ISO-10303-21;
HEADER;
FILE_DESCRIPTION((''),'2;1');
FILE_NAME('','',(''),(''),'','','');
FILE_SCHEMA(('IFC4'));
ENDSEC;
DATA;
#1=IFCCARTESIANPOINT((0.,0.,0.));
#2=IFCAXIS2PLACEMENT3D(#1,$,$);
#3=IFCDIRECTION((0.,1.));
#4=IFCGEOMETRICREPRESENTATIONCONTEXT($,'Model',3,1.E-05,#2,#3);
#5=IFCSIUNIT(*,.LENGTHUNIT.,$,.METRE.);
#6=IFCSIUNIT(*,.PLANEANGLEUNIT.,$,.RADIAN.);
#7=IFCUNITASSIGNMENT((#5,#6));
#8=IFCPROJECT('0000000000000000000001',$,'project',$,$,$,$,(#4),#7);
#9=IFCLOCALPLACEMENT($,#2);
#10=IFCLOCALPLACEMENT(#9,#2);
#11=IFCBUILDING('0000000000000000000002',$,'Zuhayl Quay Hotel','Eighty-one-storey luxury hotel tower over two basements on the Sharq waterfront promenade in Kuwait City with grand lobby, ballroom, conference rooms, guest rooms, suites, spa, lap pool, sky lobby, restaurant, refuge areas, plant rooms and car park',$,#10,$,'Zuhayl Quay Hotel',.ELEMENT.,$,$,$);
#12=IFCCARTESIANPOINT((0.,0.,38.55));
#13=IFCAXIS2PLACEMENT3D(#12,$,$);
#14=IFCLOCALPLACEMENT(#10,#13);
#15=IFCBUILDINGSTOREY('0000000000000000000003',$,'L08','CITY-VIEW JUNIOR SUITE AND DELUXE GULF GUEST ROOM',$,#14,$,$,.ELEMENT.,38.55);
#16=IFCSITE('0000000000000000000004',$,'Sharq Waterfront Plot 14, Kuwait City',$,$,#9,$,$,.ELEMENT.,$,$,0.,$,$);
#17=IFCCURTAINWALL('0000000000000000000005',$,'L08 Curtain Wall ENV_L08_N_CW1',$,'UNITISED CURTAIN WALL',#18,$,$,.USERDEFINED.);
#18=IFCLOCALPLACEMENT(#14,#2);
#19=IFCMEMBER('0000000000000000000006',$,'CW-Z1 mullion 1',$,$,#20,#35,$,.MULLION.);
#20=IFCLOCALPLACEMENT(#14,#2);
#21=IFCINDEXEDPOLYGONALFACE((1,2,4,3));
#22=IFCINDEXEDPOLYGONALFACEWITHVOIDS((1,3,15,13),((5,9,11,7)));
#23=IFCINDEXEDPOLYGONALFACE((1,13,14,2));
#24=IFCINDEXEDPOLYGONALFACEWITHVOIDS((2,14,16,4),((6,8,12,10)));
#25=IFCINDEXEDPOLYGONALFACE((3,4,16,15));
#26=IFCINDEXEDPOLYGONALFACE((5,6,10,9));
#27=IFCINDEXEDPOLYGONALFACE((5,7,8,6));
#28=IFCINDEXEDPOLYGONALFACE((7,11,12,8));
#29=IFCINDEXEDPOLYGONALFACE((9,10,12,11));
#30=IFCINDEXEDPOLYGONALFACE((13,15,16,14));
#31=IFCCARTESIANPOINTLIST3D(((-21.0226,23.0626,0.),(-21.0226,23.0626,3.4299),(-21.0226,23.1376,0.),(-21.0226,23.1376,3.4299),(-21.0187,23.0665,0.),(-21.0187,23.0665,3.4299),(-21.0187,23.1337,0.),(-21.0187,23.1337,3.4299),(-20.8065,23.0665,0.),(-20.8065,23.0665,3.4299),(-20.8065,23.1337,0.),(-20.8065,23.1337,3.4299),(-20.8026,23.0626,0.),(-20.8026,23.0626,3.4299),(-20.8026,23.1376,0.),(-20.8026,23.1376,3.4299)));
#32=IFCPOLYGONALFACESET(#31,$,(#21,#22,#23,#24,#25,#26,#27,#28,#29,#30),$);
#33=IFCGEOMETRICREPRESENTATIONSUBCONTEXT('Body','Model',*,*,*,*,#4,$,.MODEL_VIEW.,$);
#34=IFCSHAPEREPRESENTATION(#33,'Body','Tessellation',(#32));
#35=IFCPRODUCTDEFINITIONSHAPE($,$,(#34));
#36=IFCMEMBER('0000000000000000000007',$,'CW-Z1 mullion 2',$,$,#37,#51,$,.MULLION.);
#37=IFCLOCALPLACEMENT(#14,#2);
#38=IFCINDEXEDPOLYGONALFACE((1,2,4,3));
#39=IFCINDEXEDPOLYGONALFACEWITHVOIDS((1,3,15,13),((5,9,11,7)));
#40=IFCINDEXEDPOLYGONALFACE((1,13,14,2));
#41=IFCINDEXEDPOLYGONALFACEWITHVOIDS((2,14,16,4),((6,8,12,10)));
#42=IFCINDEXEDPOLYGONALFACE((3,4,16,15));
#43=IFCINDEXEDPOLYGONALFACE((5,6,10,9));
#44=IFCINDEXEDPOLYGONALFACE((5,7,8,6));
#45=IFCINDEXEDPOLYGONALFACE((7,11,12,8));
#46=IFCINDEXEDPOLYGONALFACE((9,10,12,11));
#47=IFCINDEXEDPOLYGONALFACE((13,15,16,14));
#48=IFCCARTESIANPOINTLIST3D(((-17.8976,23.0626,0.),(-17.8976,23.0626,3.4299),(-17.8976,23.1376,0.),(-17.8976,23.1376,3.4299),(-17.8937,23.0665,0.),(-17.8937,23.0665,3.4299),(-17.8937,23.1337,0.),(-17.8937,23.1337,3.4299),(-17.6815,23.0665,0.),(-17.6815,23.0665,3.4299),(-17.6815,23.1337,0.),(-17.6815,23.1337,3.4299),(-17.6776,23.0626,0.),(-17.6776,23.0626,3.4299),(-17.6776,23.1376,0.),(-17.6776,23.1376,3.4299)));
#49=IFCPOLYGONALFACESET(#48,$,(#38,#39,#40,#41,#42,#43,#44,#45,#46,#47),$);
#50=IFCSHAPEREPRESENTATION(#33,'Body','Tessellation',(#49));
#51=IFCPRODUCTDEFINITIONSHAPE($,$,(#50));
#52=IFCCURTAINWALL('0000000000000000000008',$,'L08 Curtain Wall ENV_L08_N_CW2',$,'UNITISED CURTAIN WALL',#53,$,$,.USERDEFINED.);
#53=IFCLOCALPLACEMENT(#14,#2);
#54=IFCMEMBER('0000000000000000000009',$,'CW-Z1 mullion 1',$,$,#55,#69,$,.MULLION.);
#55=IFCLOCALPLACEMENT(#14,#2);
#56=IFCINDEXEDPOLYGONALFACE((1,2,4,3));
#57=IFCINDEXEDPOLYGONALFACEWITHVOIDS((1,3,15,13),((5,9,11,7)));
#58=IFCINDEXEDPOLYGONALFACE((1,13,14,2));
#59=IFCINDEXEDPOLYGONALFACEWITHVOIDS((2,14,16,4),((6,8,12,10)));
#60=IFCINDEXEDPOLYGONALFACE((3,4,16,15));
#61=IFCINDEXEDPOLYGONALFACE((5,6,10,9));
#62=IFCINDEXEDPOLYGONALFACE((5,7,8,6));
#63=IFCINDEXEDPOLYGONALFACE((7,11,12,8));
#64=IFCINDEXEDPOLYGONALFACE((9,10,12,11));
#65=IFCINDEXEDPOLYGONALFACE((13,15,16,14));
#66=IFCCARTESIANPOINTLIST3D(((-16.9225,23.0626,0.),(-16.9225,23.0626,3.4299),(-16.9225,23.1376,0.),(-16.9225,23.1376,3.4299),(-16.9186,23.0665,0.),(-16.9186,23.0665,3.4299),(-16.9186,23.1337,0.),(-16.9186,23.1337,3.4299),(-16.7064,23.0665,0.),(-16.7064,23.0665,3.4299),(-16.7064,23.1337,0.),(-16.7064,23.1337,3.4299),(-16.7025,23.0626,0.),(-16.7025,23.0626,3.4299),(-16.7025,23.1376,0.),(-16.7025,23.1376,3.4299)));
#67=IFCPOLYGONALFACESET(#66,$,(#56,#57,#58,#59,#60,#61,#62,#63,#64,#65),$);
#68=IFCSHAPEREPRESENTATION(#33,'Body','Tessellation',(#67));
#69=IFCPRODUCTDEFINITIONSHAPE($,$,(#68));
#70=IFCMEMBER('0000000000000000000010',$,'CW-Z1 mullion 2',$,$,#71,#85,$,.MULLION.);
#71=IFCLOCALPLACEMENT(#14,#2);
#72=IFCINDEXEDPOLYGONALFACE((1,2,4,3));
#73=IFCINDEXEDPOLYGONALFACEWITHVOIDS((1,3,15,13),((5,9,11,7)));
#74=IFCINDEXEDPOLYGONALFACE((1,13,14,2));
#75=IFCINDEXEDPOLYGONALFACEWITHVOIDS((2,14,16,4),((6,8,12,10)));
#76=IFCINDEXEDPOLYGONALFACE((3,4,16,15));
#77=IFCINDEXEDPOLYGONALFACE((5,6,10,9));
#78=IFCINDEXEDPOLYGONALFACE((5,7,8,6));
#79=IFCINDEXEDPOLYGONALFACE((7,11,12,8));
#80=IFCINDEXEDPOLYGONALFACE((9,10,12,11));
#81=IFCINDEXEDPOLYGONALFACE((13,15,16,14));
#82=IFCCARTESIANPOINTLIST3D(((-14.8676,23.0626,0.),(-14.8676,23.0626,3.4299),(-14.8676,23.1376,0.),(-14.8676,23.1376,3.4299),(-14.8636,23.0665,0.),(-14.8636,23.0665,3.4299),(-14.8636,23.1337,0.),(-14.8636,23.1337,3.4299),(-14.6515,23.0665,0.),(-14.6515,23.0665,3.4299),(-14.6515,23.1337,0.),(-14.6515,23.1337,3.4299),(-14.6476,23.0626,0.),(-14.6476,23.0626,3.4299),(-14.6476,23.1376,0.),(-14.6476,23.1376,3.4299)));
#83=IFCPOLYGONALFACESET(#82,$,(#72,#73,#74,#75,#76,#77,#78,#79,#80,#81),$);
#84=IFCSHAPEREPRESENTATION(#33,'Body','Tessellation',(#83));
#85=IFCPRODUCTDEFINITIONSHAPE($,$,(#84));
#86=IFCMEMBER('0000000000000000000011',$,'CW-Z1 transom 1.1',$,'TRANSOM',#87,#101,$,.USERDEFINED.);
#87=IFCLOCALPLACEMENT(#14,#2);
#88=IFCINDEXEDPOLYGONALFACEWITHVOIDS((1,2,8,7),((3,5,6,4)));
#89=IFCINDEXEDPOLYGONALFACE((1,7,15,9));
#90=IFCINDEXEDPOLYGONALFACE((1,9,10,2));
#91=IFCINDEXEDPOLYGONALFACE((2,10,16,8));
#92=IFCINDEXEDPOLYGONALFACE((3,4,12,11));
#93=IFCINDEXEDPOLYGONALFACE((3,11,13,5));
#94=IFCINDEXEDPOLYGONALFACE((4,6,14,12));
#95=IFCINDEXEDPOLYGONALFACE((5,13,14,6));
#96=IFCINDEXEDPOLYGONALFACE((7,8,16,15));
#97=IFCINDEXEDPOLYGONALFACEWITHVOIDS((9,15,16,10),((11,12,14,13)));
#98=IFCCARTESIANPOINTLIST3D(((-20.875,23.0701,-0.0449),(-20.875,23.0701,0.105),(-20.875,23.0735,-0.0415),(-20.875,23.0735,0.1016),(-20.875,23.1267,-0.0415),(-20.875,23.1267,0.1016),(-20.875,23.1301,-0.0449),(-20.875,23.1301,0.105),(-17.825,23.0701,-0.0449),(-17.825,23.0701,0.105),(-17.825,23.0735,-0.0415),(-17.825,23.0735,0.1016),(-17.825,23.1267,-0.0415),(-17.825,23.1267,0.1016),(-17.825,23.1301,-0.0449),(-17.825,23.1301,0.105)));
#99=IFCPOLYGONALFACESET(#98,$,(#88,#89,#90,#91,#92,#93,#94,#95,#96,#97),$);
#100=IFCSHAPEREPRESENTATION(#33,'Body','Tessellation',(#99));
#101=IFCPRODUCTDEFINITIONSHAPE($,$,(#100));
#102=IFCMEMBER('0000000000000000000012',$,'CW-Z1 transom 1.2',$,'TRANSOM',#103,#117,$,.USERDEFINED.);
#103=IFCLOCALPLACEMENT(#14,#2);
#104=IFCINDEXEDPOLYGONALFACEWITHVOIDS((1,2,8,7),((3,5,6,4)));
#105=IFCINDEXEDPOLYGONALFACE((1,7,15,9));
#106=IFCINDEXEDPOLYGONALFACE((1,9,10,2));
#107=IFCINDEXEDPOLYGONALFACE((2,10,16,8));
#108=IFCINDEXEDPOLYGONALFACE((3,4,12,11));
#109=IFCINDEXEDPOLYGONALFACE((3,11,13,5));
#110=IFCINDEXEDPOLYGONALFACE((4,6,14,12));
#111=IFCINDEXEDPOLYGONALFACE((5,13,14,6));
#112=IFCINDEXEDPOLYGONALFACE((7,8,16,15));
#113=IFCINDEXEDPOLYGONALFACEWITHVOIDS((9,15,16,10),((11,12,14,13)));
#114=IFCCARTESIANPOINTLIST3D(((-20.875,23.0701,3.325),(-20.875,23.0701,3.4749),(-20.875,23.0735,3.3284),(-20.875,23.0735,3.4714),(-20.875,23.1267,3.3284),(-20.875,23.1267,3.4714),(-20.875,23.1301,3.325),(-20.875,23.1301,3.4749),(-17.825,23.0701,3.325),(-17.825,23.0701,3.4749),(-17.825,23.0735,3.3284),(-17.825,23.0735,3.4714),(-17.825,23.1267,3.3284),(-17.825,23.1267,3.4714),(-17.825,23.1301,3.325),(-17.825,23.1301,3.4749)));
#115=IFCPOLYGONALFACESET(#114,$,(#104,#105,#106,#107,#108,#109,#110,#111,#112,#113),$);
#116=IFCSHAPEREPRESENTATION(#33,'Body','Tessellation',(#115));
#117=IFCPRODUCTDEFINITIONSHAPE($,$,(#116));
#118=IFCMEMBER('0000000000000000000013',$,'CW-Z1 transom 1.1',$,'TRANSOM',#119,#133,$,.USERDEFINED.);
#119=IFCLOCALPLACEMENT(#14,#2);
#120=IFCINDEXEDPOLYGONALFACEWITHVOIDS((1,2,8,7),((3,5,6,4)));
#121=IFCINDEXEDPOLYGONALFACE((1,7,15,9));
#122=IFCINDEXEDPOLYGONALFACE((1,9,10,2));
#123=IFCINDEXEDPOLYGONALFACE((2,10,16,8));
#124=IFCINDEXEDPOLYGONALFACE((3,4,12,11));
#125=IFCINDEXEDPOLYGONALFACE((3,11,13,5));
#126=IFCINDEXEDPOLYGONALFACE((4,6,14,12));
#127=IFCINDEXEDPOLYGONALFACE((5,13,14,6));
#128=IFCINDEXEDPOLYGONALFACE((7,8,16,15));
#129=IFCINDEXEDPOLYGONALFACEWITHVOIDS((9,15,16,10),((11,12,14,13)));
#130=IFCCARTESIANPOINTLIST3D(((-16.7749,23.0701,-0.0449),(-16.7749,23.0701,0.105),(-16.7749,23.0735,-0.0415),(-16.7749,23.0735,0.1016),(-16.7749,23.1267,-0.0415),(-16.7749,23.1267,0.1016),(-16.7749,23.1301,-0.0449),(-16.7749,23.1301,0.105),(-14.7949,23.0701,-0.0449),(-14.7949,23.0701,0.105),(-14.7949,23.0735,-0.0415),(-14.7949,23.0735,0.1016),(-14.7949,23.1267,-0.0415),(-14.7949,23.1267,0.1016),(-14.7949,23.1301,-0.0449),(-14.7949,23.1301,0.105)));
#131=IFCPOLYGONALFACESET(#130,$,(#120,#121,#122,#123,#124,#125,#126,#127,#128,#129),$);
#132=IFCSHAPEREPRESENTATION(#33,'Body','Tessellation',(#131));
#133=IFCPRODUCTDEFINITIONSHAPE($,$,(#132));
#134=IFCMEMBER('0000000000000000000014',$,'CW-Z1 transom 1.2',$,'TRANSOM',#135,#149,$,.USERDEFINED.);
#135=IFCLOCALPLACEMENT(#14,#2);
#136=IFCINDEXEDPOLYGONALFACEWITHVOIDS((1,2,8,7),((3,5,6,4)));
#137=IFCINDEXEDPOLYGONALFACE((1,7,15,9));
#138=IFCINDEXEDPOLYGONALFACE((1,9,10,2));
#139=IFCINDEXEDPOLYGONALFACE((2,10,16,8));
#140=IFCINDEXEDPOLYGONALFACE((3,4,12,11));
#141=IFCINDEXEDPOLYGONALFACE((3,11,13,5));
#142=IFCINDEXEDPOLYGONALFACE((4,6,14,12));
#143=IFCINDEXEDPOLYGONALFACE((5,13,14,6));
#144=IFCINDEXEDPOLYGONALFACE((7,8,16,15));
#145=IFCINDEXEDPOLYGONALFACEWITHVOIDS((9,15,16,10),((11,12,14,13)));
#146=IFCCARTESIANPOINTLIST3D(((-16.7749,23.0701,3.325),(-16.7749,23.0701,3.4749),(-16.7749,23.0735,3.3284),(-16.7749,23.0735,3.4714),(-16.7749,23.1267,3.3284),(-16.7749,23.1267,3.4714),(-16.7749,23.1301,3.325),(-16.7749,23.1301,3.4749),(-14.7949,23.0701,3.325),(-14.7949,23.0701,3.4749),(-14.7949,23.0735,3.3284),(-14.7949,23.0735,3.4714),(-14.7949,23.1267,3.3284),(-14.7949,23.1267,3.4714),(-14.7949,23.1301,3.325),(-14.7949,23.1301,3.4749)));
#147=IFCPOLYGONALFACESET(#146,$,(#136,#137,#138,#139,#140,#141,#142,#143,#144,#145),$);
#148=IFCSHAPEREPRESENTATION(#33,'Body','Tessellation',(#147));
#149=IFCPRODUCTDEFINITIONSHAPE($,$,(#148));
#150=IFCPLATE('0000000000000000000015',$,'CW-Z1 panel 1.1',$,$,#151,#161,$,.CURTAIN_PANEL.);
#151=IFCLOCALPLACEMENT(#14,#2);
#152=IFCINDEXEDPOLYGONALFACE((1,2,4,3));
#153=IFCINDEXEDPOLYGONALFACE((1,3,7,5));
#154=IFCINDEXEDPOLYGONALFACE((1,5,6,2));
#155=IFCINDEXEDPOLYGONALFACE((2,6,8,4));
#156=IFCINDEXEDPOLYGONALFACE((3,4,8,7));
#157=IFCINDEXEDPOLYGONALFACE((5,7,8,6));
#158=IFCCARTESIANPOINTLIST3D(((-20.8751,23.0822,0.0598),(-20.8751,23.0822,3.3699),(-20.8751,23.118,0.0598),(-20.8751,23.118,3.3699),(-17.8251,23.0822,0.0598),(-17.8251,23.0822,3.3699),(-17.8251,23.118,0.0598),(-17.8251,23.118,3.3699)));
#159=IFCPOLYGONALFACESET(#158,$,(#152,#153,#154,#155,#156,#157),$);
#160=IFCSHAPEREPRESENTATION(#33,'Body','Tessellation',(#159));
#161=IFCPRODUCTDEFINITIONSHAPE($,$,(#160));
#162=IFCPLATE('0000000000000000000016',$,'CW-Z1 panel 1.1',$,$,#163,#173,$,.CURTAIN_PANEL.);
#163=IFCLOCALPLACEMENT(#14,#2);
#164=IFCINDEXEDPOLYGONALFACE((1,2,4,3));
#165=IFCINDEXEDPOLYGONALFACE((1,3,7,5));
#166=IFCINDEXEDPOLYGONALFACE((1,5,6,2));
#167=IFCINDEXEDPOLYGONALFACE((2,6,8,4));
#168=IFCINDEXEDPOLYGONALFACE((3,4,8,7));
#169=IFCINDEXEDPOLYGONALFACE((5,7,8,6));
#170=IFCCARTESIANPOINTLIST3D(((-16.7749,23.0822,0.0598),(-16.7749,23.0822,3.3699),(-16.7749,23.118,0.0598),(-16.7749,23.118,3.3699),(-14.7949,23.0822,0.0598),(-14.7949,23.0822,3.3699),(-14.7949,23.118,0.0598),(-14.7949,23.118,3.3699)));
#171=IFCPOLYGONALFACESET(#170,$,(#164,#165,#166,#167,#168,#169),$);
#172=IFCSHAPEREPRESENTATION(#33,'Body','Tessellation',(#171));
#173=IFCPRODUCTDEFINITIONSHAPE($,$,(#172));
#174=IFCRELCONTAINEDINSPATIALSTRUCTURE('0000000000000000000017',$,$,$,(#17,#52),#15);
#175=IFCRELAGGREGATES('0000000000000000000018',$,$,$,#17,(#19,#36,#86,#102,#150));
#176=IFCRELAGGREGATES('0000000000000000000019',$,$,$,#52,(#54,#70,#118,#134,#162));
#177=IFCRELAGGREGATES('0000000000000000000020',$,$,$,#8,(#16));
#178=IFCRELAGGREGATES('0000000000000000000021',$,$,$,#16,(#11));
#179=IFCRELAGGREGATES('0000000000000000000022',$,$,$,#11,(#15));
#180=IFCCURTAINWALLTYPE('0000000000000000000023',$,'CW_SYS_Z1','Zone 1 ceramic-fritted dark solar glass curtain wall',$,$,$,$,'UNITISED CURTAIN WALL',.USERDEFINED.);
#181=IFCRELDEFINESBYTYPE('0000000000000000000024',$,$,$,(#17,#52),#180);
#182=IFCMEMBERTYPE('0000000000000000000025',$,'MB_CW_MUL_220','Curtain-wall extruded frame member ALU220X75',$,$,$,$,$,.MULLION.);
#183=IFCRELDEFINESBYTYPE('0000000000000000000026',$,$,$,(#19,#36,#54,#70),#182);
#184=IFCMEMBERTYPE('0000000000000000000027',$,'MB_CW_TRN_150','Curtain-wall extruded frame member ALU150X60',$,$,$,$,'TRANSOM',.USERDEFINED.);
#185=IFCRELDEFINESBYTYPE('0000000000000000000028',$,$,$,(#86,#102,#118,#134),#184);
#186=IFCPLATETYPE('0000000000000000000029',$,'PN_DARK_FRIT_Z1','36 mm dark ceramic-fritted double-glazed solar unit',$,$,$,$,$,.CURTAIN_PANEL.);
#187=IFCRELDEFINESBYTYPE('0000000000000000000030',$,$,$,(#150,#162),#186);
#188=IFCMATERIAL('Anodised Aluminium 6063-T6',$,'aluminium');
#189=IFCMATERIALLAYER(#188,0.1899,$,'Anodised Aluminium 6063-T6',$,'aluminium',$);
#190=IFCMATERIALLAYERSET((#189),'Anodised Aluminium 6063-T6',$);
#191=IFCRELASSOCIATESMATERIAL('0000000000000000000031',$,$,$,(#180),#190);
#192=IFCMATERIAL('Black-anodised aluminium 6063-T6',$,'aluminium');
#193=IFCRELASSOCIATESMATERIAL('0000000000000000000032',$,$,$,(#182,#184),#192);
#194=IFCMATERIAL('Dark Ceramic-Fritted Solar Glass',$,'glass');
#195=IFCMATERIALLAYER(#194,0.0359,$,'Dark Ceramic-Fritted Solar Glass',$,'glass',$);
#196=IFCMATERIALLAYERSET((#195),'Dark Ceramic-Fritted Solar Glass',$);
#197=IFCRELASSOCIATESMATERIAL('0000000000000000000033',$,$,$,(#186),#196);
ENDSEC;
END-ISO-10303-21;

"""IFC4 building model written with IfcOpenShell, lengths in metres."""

from ifc_helpers import new_model, si_unit, direction, frame, origin, origin_2d, place, context, subcontext, project, spatial, rectangle, hollow_rectangle, extrude, material, layer, layer_set, material_profile, profile_set, type_object, element, aggregate, save


model = new_model("IFC4")

# Units and contexts
model_context = context("Model", 3, precision=1e-05, world=origin(), true_north=direction((0.0, 1.0)))
body_context = subcontext(model_context, "Body", "Model", "MODEL_VIEW")
ifc_project = project(units=[si_unit("LENGTHUNIT", "METRE"), si_unit("PLANEANGLEUNIT", "RADIAN")], contexts=[model_context])

# Site, building, storey
site_placement = place(None, origin())
site = spatial("IfcSite", under=ifc_project, at=site_placement, Name="Sharq Waterfront Plot 14, Kuwait City", CompositionType="ELEMENT", RefElevation=0.0)
building_placement = place(site_placement, origin())
building = spatial("IfcBuilding", under=site, at=building_placement, Name="Zuhayl Quay Hotel", Description="Eighty-one-storey luxury hotel tower over two basements on the Sharq waterfront promenade in Kuwait City with grand lobby, ballroom, conference rooms, guest rooms, suites, spa, lap pool, sky lobby, restaurant, refuge areas, plant rooms and car park", LongName="Zuhayl Quay Hotel", CompositionType="ELEMENT")
storey_placement = place(building_placement, frame((0.0, 0.0, 38.55)))
storey = spatial("IfcBuildingStorey", under=building, at=storey_placement, Name="L08", Description="CITY-VIEW JUNIOR SUITE AND DELUXE GULF GUEST ROOM", CompositionType="ELEMENT", Elevation=38.55)

# Curtain walls, members
ifc_material_1 = material(Name="Anodised Aluminium 6063-T6", Category="aluminium")
ifc_layer_1 = layer(ifc_material_1, 0.1899, Name="Anodised Aluminium 6063-T6", Category="aluminium")
ifc_layer_set_1 = layer_set([ifc_layer_1], Name="Anodised Aluminium 6063-T6")
curtain_wall_type = type_object("IfcCurtainWallType", Name="CW_SYS_Z1", Description="Zone 1 ceramic-fritted dark solar glass curtain wall", ElementType="UNITISED CURTAIN WALL", PredefinedType="USERDEFINED", material=ifc_layer_set_1)
curtain_wall_1_placement = place(storey_placement, origin())
curtain_wall_1 = element("IfcCurtainWall", 1, at=curtain_wall_1_placement, inside=storey, type_object=curtain_wall_type, Name="L08 Curtain Wall ENV_L08_N_CW1", ObjectType="UNITISED CURTAIN WALL", PredefinedType="USERDEFINED")
ifc_material_2 = material(Name="Black-anodised aluminium 6063-T6", Category="aluminium")
ifc_material_profile_1 = material_profile(ifc_material_2, hollow_rectangle(XDim=0.075, YDim=0.22, WallThickness=0.0039, at=origin_2d()), Name="ALU220X75")
ifc_profile_set_1 = profile_set([ifc_material_profile_1], Name="Black-anodised aluminium 6063-T6")
member_type_1 = type_object("IfcMemberType", Name="MB_CW_MUL_220", Description="Curtain-wall extruded frame member ALU220X75", PredefinedType="MULLION", material=ifc_profile_set_1)
member_1_placement = place(storey_placement, frame((-20.9126, 23.1001, 0.0), z_axis=(0.0, 0.0, 1.0), x_axis=(0.0, 1.0, 0.0)))
member_1 = element("IfcMember", 2, at=member_1_placement, type_object=member_type_1, Name="CW-Z1 mullion 1", PredefinedType="MULLION", context=body_context, shape_type="SweptSolid", body=[
    extrude(hollow_rectangle(XDim=0.075, YDim=0.22, WallThickness=0.0039, at=origin_2d()), origin(), (0.0, 0.0, 1.0), 3.4299),
])
member_2_placement = place(storey_placement, frame((-17.7876, 23.1001, 0.0), z_axis=(0.0, 0.0, 1.0), x_axis=(0.0, 1.0, 0.0)))
member_2 = element("IfcMember", 3, at=member_2_placement, type_object=member_type_1, Name="CW-Z1 mullion 2", PredefinedType="MULLION", context=body_context, shape_type="SweptSolid", body=[
    extrude(hollow_rectangle(XDim=0.075, YDim=0.22, WallThickness=0.0039, at=origin_2d()), origin(), (0.0, 0.0, 1.0), 3.4299),
])
curtain_wall_2_placement = place(storey_placement, origin())
curtain_wall_2 = element("IfcCurtainWall", 4, at=curtain_wall_2_placement, inside=storey, type_object=curtain_wall_type, Name="L08 Curtain Wall ENV_L08_N_CW2", ObjectType="UNITISED CURTAIN WALL", PredefinedType="USERDEFINED")
member_3_placement = place(storey_placement, frame((-16.8125, 23.1001, 0.0), z_axis=(0.0, 0.0, 1.0), x_axis=(0.0, 1.0, 0.0)))
member_3 = element("IfcMember", 5, at=member_3_placement, type_object=member_type_1, Name="CW-Z1 mullion 1", PredefinedType="MULLION", context=body_context, shape_type="SweptSolid", body=[
    extrude(hollow_rectangle(XDim=0.075, YDim=0.22, WallThickness=0.0039, at=origin_2d()), origin(), (0.0, 0.0, 1.0), 3.4299),
])
member_4_placement = place(storey_placement, frame((-14.7576, 23.1001, 0.0), z_axis=(0.0, 0.0, 1.0), x_axis=(0.0, 1.0, 0.0)))
member_4 = element("IfcMember", 6, at=member_4_placement, type_object=member_type_1, Name="CW-Z1 mullion 2", PredefinedType="MULLION", context=body_context, shape_type="SweptSolid", body=[
    extrude(hollow_rectangle(XDim=0.075, YDim=0.22, WallThickness=0.0039, at=origin_2d()), origin(), (0.0, 0.0, 1.0), 3.4299),
])

# Members
ifc_material_profile_2 = material_profile(ifc_material_2, hollow_rectangle(XDim=0.0601, YDim=0.1499, WallThickness=0.0034, at=origin_2d()), Name="ALU150X60")
ifc_profile_set_2 = profile_set([ifc_material_profile_2], Name="Black-anodised aluminium 6063-T6")
member_type_2 = type_object("IfcMemberType", Name="MB_CW_TRN_150", Description="Curtain-wall extruded frame member ALU150X60", ElementType="TRANSOM", PredefinedType="USERDEFINED", material=ifc_profile_set_2)
member_5_placement = place(storey_placement, frame((-20.875, 23.1001, 0.03), z_axis=(1.0, 0.0, 0.0), x_axis=(0.0, 1.0, 0.0)))
member_5 = element("IfcMember", 7, at=member_5_placement, type_object=member_type_2, Name="CW-Z1 transom 1.1", ObjectType="TRANSOM", PredefinedType="USERDEFINED", context=body_context, shape_type="SweptSolid", body=[
    extrude(hollow_rectangle(XDim=0.0601, YDim=0.1499, WallThickness=0.0034, at=origin_2d()), origin(), (0.0, 0.0, 1.0), 3.05),
])
member_6_placement = place(storey_placement, frame((-20.875, 23.1001, 3.3999), z_axis=(1.0, 0.0, 0.0), x_axis=(0.0, 1.0, 0.0)))
member_6 = element("IfcMember", 8, at=member_6_placement, type_object=member_type_2, Name="CW-Z1 transom 1.2", ObjectType="TRANSOM", PredefinedType="USERDEFINED", context=body_context, shape_type="SweptSolid", body=[
    extrude(hollow_rectangle(XDim=0.0601, YDim=0.1499, WallThickness=0.0034, at=origin_2d()), origin(), (0.0, 0.0, 1.0), 3.05),
])
member_7_placement = place(storey_placement, frame((-16.7749, 23.1001, 0.03), z_axis=(1.0, 0.0, 0.0), x_axis=(0.0, 1.0, 0.0)))
member_7 = element("IfcMember", 9, at=member_7_placement, type_object=member_type_2, Name="CW-Z1 transom 1.1", ObjectType="TRANSOM", PredefinedType="USERDEFINED", context=body_context, shape_type="SweptSolid", body=[
    extrude(hollow_rectangle(XDim=0.0601, YDim=0.1499, WallThickness=0.0034, at=origin_2d()), origin(), (0.0, 0.0, 1.0), 1.98),
])
member_8_placement = place(storey_placement, frame((-16.7749, 23.1001, 3.3999), z_axis=(1.0, 0.0, 0.0), x_axis=(0.0, 1.0, 0.0)))
member_8 = element("IfcMember", 10, at=member_8_placement, type_object=member_type_2, Name="CW-Z1 transom 1.2", ObjectType="TRANSOM", PredefinedType="USERDEFINED", context=body_context, shape_type="SweptSolid", body=[
    extrude(hollow_rectangle(XDim=0.0601, YDim=0.1499, WallThickness=0.0034, at=origin_2d()), origin(), (0.0, 0.0, 1.0), 1.98),
])

# Plates
ifc_material_3 = material(Name="Dark Ceramic-Fritted Solar Glass", Category="glass")
ifc_layer_2 = layer(ifc_material_3, 0.0359, Name="Dark Ceramic-Fritted Solar Glass", Category="glass")
ifc_layer_set_2 = layer_set([ifc_layer_2], Name="Dark Ceramic-Fritted Solar Glass")
plate_type = type_object("IfcPlateType", Name="PN_DARK_FRIT_Z1", Description="36 mm dark ceramic-fritted double-glazed solar unit", PredefinedType="CURTAIN_PANEL", material=ifc_layer_set_2)
plate_1_placement = place(storey_placement, frame((-19.3501, 23.1001, 0.0598), z_axis=(0.0, 0.0, 1.0), x_axis=(1.0, 0.0, 0.0)))
plate_1 = element("IfcPlate", 11, at=plate_1_placement, type_object=plate_type, Name="CW-Z1 panel 1.1", PredefinedType="CURTAIN_PANEL", context=body_context, shape_type="SweptSolid", body=[
    extrude(rectangle(XDim=3.05, YDim=0.0359, at=origin_2d()), origin(), (0.0, 0.0, 1.0), 3.3101),
])
aggregate(curtain_wall_1, [member_1, member_2, member_5, member_6, plate_1])
plate_2_placement = place(storey_placement, frame((-15.7849, 23.1001, 0.0598), z_axis=(0.0, 0.0, 1.0), x_axis=(1.0, 0.0, 0.0)))
plate_2 = element("IfcPlate", 12, at=plate_2_placement, type_object=plate_type, Name="CW-Z1 panel 1.1", PredefinedType="CURTAIN_PANEL", context=body_context, shape_type="SweptSolid", body=[
    extrude(rectangle(XDim=1.98, YDim=0.0359, at=origin_2d()), origin(), (0.0, 0.0, 1.0), 3.3101),
])
aggregate(curtain_wall_2, [member_3, member_4, member_7, member_8, plate_2])

save(model, "model.ifc")
